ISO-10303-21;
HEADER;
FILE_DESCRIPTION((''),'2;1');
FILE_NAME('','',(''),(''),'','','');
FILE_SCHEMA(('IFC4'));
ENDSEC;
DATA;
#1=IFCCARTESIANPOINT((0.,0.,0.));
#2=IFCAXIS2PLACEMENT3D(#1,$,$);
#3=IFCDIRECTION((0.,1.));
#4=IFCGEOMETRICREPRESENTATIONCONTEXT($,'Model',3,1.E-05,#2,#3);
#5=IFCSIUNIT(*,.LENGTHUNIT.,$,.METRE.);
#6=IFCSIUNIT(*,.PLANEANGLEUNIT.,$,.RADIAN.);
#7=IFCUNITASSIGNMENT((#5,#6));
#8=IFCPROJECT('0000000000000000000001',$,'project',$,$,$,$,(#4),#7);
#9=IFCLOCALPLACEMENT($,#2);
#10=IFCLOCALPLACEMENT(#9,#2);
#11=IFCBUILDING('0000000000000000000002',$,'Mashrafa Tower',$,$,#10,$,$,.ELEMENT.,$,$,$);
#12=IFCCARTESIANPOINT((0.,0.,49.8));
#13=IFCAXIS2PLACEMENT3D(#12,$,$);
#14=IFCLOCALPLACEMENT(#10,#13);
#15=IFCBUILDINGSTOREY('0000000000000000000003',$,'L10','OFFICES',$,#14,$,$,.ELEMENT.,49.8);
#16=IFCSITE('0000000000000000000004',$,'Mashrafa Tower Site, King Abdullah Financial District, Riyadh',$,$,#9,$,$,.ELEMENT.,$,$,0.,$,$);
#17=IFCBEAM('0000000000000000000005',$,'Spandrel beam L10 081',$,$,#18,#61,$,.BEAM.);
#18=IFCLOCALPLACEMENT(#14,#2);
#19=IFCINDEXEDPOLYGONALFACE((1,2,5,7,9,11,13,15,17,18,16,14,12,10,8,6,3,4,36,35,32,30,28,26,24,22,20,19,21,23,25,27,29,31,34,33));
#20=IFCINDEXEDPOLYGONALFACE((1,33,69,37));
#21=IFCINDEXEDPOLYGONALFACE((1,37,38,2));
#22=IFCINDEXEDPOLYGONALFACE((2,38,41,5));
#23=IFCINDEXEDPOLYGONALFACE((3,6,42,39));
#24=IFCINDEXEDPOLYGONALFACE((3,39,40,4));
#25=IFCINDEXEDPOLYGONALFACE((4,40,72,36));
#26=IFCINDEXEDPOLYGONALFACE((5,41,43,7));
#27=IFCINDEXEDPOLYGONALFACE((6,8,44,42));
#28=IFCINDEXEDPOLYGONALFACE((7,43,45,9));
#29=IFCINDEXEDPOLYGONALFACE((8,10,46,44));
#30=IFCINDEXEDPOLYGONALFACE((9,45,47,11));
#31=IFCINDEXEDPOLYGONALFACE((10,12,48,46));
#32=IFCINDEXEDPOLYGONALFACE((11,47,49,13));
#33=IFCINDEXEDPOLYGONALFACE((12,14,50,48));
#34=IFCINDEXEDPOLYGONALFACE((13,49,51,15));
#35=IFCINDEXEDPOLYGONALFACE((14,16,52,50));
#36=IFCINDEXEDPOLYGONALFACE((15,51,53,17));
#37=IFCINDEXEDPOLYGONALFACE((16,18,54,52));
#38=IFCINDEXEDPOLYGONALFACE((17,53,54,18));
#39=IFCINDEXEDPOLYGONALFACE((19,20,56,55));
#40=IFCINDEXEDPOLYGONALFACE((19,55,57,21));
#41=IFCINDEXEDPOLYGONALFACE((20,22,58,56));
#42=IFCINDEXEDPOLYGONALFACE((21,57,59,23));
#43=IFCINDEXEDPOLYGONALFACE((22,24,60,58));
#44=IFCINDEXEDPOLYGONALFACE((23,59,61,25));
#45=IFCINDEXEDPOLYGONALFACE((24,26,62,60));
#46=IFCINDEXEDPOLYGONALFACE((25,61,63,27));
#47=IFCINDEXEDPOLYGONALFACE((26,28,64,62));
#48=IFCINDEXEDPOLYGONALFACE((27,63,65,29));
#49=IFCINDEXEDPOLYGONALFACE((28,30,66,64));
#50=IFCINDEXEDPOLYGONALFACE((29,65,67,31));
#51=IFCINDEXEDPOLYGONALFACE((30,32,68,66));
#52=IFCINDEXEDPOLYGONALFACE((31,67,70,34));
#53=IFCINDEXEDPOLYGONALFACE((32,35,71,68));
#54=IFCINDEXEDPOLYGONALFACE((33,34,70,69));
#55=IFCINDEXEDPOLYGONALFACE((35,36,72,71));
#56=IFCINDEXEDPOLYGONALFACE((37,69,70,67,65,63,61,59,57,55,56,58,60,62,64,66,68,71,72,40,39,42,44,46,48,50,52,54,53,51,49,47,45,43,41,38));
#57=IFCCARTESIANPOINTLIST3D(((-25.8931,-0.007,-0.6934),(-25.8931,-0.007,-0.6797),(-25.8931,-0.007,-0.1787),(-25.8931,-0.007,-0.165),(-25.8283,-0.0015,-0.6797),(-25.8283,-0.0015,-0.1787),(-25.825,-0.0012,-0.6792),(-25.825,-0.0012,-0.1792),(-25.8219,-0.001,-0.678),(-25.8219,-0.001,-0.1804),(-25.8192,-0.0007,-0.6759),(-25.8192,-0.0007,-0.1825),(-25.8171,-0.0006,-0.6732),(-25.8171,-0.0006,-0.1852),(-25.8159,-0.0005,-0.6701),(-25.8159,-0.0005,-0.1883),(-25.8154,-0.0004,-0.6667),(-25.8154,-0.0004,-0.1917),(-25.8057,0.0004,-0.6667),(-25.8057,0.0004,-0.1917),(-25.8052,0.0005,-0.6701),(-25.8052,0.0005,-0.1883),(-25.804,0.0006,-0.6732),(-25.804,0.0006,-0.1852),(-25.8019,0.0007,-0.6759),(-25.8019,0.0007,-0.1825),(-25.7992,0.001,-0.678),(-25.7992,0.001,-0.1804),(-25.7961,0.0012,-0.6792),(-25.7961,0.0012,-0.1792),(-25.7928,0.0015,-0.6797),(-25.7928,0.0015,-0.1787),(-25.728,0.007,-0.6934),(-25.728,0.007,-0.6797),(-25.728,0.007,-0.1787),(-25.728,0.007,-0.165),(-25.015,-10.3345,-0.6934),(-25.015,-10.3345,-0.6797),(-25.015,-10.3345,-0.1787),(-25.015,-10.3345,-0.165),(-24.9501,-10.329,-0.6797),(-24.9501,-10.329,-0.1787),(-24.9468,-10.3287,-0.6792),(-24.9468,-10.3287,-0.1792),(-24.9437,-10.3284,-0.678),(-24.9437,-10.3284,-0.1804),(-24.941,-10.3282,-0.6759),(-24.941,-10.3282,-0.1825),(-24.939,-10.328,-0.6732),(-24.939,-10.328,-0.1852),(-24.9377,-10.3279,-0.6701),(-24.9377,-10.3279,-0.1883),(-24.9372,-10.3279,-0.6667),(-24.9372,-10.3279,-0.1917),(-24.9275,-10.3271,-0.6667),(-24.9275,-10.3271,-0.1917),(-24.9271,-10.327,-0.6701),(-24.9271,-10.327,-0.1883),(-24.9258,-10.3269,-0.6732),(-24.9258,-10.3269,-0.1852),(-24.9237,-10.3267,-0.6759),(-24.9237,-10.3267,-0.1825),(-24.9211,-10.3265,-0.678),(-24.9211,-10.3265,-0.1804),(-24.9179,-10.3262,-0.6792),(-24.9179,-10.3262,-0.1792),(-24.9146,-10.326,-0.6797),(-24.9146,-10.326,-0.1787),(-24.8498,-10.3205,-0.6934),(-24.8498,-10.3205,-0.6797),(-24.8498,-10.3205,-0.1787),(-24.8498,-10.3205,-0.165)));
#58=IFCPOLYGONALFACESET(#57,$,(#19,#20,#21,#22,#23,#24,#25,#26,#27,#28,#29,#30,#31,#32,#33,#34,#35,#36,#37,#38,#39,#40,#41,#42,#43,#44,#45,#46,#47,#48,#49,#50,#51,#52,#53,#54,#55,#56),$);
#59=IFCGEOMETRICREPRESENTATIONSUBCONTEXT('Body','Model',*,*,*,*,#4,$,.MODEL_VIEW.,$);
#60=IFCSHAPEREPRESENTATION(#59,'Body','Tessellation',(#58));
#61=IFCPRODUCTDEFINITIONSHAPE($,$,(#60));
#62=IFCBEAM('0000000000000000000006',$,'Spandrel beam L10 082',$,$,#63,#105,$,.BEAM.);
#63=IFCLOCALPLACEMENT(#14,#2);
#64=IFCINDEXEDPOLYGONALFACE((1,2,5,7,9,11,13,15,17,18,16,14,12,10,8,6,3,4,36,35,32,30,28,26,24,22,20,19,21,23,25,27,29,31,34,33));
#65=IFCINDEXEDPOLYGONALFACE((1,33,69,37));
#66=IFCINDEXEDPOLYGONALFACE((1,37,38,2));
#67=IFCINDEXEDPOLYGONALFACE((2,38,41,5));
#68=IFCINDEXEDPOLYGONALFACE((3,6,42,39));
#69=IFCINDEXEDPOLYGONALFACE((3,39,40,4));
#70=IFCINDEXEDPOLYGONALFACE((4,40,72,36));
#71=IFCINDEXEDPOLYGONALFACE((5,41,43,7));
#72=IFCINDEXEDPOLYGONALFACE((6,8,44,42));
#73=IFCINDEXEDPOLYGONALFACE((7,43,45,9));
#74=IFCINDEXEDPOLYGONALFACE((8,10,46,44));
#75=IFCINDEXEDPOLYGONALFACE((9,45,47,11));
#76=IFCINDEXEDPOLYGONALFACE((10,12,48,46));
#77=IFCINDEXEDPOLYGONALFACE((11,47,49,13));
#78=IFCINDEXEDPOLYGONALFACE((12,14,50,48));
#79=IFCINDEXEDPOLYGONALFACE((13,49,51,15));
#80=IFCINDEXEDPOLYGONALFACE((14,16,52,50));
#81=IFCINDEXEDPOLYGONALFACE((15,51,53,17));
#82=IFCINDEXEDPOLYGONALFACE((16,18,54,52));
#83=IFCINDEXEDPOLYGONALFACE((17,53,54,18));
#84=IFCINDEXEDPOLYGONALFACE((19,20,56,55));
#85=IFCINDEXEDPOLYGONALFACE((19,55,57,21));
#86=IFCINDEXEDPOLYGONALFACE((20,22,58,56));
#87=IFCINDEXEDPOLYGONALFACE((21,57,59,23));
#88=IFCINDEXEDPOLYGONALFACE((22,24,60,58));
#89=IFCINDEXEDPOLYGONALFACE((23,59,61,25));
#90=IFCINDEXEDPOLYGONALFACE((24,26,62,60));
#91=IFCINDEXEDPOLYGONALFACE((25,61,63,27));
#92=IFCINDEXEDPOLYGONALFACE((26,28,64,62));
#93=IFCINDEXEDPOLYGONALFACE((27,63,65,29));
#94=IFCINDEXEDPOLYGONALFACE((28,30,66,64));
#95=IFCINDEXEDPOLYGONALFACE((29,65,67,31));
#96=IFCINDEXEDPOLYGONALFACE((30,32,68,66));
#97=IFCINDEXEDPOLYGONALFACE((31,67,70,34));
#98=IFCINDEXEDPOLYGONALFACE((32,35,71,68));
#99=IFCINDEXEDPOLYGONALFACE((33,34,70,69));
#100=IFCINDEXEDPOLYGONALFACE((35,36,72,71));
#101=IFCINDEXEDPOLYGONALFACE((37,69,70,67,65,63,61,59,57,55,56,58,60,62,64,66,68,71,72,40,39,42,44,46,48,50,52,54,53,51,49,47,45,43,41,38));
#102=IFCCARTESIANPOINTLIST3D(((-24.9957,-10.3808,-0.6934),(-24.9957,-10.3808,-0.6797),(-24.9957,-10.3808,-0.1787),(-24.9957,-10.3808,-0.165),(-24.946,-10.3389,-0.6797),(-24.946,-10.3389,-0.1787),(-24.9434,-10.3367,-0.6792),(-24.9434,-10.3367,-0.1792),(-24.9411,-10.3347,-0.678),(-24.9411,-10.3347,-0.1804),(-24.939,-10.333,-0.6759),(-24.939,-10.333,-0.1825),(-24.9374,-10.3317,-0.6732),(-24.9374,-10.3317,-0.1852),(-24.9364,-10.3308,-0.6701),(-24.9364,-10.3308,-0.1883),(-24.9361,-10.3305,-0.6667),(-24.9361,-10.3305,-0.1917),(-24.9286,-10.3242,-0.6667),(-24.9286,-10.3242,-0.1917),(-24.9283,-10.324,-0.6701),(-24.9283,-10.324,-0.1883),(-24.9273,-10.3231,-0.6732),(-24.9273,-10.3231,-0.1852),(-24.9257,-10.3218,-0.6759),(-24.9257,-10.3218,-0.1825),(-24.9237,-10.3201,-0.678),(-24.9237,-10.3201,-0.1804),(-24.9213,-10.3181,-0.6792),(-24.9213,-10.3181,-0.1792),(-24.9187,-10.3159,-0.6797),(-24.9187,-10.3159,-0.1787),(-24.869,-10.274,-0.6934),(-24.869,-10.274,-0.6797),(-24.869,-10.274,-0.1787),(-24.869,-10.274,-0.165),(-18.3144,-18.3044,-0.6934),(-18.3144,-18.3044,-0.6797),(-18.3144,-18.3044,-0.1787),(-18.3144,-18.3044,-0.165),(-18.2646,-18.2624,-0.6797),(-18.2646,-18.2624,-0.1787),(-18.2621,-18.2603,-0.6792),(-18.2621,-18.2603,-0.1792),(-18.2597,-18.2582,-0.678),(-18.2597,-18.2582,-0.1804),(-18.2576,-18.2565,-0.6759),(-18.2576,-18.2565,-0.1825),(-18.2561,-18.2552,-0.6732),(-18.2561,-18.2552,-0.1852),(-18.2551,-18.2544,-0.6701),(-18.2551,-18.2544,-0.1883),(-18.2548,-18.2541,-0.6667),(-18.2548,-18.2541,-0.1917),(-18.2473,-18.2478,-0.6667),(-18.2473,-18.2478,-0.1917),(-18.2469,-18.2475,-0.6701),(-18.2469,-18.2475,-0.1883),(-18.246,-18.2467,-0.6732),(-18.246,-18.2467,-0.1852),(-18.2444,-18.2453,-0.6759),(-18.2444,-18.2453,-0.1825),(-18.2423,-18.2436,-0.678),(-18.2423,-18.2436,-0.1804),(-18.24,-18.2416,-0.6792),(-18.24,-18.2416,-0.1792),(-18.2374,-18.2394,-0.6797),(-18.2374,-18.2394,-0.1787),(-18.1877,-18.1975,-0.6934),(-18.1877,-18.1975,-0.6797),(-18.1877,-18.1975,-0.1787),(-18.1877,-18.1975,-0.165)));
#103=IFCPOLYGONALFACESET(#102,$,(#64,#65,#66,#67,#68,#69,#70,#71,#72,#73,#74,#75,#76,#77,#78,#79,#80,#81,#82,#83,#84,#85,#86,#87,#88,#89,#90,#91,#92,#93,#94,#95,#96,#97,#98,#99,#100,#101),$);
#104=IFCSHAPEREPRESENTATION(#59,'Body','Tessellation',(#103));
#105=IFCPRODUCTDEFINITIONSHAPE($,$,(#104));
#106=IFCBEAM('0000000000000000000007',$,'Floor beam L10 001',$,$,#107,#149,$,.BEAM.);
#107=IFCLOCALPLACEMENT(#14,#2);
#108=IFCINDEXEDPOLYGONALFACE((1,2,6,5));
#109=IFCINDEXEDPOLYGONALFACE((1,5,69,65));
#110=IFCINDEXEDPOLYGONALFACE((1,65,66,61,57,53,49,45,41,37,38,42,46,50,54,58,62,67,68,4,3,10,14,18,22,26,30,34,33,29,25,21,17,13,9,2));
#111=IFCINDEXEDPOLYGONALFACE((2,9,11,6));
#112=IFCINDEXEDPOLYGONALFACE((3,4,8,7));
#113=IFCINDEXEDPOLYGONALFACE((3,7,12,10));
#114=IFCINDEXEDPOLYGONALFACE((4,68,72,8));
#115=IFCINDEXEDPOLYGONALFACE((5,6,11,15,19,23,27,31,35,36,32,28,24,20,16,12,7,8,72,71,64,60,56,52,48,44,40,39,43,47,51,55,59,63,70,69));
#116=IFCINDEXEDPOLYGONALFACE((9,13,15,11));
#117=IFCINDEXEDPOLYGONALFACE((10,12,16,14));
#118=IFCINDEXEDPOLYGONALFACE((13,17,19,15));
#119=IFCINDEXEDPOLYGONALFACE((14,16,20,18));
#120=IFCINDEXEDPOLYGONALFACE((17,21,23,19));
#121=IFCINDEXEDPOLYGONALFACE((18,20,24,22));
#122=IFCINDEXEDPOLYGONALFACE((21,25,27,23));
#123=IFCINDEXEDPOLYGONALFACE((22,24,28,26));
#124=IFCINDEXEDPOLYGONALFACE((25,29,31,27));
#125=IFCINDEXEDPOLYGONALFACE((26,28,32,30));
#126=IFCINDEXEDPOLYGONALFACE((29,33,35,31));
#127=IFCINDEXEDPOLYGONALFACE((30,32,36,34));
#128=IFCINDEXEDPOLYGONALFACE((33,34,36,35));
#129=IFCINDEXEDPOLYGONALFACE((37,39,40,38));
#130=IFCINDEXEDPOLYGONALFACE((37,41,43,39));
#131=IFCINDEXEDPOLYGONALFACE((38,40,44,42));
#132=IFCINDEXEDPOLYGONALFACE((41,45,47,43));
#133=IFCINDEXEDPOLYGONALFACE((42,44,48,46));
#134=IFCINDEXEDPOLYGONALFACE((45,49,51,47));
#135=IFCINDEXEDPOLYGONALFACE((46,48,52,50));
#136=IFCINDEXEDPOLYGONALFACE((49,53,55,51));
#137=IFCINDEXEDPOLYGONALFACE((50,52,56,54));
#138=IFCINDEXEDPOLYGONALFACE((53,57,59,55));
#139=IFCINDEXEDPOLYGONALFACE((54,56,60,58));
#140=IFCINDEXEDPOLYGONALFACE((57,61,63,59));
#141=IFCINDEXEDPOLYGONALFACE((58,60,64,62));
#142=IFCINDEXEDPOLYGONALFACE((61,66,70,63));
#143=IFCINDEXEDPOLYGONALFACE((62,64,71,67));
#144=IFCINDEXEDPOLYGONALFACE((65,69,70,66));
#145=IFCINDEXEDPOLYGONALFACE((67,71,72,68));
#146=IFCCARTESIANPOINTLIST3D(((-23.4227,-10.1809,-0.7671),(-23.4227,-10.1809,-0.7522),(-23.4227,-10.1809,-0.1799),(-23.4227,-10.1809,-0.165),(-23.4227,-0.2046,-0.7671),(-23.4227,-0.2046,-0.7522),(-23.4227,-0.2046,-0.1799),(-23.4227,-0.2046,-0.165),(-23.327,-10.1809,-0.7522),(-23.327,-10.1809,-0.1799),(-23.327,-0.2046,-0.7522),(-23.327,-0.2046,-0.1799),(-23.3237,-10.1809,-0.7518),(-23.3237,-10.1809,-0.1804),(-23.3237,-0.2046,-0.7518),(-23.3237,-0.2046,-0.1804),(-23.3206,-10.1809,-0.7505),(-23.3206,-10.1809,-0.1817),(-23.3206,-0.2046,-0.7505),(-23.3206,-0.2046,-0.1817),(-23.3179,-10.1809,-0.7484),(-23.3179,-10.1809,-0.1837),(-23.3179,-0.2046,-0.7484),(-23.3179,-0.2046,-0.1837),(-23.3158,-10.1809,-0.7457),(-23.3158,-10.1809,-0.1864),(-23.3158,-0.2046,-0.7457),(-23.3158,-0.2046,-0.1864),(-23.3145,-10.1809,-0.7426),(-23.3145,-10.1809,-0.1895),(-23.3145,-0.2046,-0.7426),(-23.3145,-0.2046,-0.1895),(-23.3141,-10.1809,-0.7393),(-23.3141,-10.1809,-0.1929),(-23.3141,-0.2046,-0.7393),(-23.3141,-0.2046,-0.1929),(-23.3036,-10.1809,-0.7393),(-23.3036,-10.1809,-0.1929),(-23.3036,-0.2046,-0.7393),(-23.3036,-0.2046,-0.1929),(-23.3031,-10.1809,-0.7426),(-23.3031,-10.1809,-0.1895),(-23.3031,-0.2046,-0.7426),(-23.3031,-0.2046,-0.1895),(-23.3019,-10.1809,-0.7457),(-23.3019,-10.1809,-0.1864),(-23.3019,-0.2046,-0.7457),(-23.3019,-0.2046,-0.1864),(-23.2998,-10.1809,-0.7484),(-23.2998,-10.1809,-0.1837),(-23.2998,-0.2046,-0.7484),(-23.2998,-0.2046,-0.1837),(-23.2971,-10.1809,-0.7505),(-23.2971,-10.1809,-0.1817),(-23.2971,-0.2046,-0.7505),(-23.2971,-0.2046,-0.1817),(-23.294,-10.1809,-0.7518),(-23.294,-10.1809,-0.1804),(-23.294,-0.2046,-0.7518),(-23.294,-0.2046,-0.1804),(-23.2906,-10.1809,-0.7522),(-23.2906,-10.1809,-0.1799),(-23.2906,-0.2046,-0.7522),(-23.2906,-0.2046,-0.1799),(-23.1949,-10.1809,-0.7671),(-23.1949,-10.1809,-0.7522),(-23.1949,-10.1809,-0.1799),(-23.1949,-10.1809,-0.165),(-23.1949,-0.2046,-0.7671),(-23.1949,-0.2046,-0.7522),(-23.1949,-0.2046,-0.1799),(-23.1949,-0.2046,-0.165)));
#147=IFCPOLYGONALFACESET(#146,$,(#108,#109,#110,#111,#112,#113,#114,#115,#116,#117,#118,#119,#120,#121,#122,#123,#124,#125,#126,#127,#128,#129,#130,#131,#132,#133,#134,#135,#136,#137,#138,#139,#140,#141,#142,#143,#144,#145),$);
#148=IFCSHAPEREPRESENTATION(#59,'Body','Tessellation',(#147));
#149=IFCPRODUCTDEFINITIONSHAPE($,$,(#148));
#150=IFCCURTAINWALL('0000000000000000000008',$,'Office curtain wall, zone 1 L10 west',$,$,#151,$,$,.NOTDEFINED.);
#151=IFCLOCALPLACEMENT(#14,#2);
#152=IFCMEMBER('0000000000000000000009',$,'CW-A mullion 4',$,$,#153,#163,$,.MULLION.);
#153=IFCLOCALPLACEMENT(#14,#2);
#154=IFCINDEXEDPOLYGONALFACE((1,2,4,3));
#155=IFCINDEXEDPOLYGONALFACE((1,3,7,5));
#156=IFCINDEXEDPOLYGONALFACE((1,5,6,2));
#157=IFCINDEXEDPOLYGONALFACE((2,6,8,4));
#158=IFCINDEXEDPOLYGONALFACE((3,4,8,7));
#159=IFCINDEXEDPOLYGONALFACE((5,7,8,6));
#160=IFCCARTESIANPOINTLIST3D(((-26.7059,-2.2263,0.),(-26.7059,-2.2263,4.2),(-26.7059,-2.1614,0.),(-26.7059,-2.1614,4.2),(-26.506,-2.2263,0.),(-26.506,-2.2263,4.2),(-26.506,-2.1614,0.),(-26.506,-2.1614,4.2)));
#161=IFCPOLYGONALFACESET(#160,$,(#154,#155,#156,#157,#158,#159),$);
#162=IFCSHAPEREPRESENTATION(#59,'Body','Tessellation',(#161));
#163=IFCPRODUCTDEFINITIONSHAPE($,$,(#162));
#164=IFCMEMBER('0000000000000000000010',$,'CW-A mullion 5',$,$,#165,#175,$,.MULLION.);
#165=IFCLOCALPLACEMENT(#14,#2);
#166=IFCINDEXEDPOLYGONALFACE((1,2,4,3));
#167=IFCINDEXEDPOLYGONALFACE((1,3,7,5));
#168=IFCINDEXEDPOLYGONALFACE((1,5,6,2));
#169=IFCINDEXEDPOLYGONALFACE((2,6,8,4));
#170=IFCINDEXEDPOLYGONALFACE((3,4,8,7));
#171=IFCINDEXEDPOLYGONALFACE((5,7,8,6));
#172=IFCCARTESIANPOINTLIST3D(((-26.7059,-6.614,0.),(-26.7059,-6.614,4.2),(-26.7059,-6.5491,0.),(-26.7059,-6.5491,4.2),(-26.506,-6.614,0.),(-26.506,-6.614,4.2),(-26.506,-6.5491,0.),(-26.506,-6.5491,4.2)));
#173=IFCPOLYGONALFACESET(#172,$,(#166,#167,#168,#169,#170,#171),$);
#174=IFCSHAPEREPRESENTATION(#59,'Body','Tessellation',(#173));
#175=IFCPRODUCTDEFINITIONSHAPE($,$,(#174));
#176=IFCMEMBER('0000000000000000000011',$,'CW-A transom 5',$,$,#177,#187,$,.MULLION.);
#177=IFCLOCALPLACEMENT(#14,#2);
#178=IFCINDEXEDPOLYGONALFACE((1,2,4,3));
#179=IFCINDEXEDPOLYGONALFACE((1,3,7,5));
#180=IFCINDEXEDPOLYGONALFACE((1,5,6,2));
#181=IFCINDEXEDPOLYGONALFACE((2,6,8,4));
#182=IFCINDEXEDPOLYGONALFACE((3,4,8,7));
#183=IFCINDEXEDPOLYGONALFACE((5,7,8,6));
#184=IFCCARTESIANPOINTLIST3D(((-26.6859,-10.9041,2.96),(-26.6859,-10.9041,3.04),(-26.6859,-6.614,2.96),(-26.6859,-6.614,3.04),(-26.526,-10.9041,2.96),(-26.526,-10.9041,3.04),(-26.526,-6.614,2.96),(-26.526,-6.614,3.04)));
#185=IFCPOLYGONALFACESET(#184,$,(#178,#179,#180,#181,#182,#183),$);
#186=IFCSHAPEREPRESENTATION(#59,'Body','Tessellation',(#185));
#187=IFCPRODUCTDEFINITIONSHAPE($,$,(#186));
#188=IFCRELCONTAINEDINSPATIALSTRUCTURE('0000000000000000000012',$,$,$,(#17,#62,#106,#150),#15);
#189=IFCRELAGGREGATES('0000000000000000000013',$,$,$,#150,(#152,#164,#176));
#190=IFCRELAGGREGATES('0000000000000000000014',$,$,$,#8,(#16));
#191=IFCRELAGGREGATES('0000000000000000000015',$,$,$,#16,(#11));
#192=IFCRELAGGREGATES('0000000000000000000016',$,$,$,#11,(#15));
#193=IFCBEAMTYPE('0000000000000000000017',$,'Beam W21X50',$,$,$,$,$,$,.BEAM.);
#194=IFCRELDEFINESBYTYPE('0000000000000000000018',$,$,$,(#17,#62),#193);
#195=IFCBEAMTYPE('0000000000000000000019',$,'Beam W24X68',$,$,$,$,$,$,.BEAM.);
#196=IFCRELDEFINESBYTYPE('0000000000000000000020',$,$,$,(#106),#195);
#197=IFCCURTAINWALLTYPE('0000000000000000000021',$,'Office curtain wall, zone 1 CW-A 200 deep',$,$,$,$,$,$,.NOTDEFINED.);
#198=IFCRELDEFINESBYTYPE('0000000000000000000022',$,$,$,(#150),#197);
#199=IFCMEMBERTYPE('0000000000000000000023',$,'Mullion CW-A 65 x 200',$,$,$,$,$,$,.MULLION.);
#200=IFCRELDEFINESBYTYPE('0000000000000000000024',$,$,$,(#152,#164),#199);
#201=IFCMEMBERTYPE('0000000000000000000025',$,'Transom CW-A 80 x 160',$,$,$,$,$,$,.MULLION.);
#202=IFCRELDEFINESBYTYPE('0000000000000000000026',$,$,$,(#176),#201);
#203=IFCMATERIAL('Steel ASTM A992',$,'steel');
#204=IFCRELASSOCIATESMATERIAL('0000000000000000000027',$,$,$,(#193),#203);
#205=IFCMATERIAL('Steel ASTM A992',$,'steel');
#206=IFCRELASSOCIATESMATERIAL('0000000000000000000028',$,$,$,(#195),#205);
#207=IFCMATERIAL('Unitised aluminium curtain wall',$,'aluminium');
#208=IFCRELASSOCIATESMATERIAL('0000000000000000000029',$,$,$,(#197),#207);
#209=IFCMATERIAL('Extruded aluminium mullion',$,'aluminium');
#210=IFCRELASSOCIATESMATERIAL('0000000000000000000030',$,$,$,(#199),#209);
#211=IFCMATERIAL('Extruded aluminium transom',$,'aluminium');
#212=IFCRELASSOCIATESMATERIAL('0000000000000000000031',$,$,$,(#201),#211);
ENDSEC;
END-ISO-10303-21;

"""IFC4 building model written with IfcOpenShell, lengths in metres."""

from ifc_helpers import new_model, si_unit, direction, frame, origin, origin_2d, place, context, subcontext, project, spatial, rectangle, i_section, extrude, source, transform, mapped, material, material_profile, profile_set, type_object, type_shapes, element, aggregate, save


model = new_model("IFC4")

# Units and contexts
model_context = context("Model", 3, precision=1e-05, world=origin(), true_north=direction((0.0, 1.0)))
body_context = subcontext(model_context, "Body", "Model", "MODEL_VIEW")
ifc_project = project(units=[si_unit("LENGTHUNIT", "METRE"), si_unit("PLANEANGLEUNIT", "RADIAN")], contexts=[model_context])

# Site, building, storey
site_placement = place(None, origin())
site = spatial("IfcSite", under=ifc_project, at=site_placement, Name="Mashrafa Tower Site, King Abdullah Financial District, Riyadh", CompositionType="ELEMENT", RefElevation=0.0)
building_placement = place(site_placement, origin())
building = spatial("IfcBuilding", under=site, at=building_placement, Name="Mashrafa Tower", CompositionType="ELEMENT")
storey_placement = place(building_placement, frame((0.0, 0.0, 49.8)))
storey = spatial("IfcBuildingStorey", under=building, at=storey_placement, Name="L10", Description="OFFICES", CompositionType="ELEMENT", Elevation=49.8)

# Beams
ifc_material_1 = material(Name="Steel ASTM A992", Category="steel")
ifc_material_profile_1 = material_profile(ifc_material_1, i_section(OverallWidth=0.1658, OverallDepth=0.5283, WebThickness=0.0098, FlangeThickness=0.0137, FilletRadius=0.0129, at=origin_2d()), Name="W21X50")
ifc_profile_set_1 = profile_set([ifc_material_profile_1], Name="Steel ASTM A992")
beam_type_1 = type_object("IfcBeamType", Name="Beam W21X50", PredefinedType="BEAM", material=ifc_profile_set_1)
beam_1_placement = place(storey_placement, frame((-25.8105, 0.0, -0.4292), z_axis=(0.084728, -0.996404, 0.0), x_axis=(0.996404, 0.084728, 0.0)))
element("IfcBeam", 1, at=beam_1_placement, inside=storey, type_object=beam_type_1, Name="Spandrel beam L10 081", PredefinedType="BEAM", context=body_context, shape_type="SweptSolid", body=[
    extrude(i_section(OverallWidth=0.1658, OverallDepth=0.5283, WebThickness=0.0098, FlangeThickness=0.0137, FilletRadius=0.0129, at=origin_2d()), origin(), (0.0, 0.0, 1.0), 10.3647),
])
beam_2_placement = place(storey_placement, frame((-24.9324, -10.3274, -0.4292), z_axis=(0.644638, -0.764488, 0.0), x_axis=(0.764488, 0.644638, 0.0)))
element("IfcBeam", 2, at=beam_2_placement, inside=storey, type_object=beam_type_1, Name="Spandrel beam L10 082", PredefinedType="BEAM", context=body_context, shape_type="SweptSolid", body=[
    extrude(i_section(OverallWidth=0.1658, OverallDepth=0.5283, WebThickness=0.0098, FlangeThickness=0.0137, FilletRadius=0.0129, at=origin_2d()), origin(), (0.0, 0.0, 1.0), 10.3645),
])
ifc_material_2 = material(Name="Steel ASTM A992", Category="steel")
ifc_material_profile_2 = material_profile(ifc_material_2, i_section(OverallWidth=0.2278, OverallDepth=0.6021, WebThickness=0.0105, FlangeThickness=0.0149, FilletRadius=0.0129, at=origin_2d()), Name="W24X68")
ifc_profile_set_2 = profile_set([ifc_material_profile_2], Name="Steel ASTM A992")
beam_type_2 = type_object("IfcBeamType", Name="Beam W24X68", PredefinedType="BEAM", material=ifc_profile_set_2)
beam_3_placement = place(storey_placement, frame((-23.3088, -10.1809, -0.4661), z_axis=(0.0, 1.0, 0.0), x_axis=(-1.0, 0.0, 0.0)))
element("IfcBeam", 3, at=beam_3_placement, inside=storey, type_object=beam_type_2, Name="Floor beam L10 001", PredefinedType="BEAM", context=body_context, shape_type="SweptSolid", body=[
    extrude(i_section(OverallWidth=0.2278, OverallDepth=0.6021, WebThickness=0.0105, FlangeThickness=0.0149, FilletRadius=0.0129, at=origin_2d()), origin(), (0.0, 0.0, 1.0), 9.9763),
])

# Curtain wall, members
ifc_material_3 = material(Name="Unitised aluminium curtain wall", Category="aluminium")
curtain_wall_type = type_object("IfcCurtainWallType", Name="Office curtain wall, zone 1 CW-A 200 deep", PredefinedType="NOTDEFINED", material=ifc_material_3)
curtain_wall_placement = place(storey_placement, origin())
curtain_wall = element("IfcCurtainWall", 4, at=curtain_wall_placement, inside=storey, type_object=curtain_wall_type, Name="Office curtain wall, zone 1 L10 west", PredefinedType="NOTDEFINED")
ifc_material_4 = material(Name="Extruded aluminium mullion", Category="aluminium")
ifc_material_profile_3 = material_profile(ifc_material_4, rectangle(XDim=0.2, YDim=0.0649, at=origin_2d()), Name="Mullion 65x200")
ifc_profile_set_3 = profile_set([ifc_material_profile_3], Name="Extruded aluminium mullion")
member_type_1 = type_object("IfcMemberType", Name="Mullion CW-A 65 x 200", PredefinedType="MULLION", material=ifc_profile_set_3)
shared_shape_1 = source(origin(), body_context, "Body", "SweptSolid", [
    extrude(rectangle(XDim=0.2, YDim=0.0649, at=origin_2d()), origin(), (0.0, 0.0, 1.0), 4.2),
])
type_shapes(member_type_1, [shared_shape_1])
member_1_placement = place(storey_placement, frame((-26.606, -2.1938, 0.0), z_axis=(0.0, 0.0, 1.0), x_axis=(1.0, 0.0, 0.0)))
member_1 = element("IfcMember", 5, at=member_1_placement, type_object=member_type_1, Name="CW-A mullion 4", PredefinedType="MULLION", context=body_context, shape_type="MappedRepresentation", body=[
    mapped(shared_shape_1, transform((0.0, 0.0, 0.0))),
])
member_2_placement = place(storey_placement, frame((-26.606, -6.5815, 0.0), z_axis=(0.0, 0.0, 1.0), x_axis=(1.0, 0.0, 0.0)))
member_2 = element("IfcMember", 6, at=member_2_placement, type_object=member_type_1, Name="CW-A mullion 5", PredefinedType="MULLION", context=body_context, shape_type="MappedRepresentation", body=[
    mapped(shared_shape_1, transform((0.0, 0.0, 0.0))),
])
ifc_material_5 = material(Name="Extruded aluminium transom", Category="aluminium")
ifc_material_profile_4 = material_profile(ifc_material_5, rectangle(XDim=0.1599, YDim=0.0801, at=origin_2d()), Name="Transom 80x160")
ifc_profile_set_4 = profile_set([ifc_material_profile_4], Name="Extruded aluminium transom")
member_type_2 = type_object("IfcMemberType", Name="Transom CW-A 80 x 160", PredefinedType="MULLION", material=ifc_profile_set_4)
shared_shape_2 = source(origin(), body_context, "Body", "SweptSolid", [
    extrude(rectangle(XDim=0.1599, YDim=0.0801, at=origin_2d()), origin(), (0.0, 0.0, 1.0), 4.29),
])
member_3_placement = place(storey_placement, frame((-26.606, -6.614, 3.0), z_axis=(0.0, -1.0, 0.0), x_axis=(1.0, 0.0, 0.0)))
member_3 = element("IfcMember", 7, at=member_3_placement, type_object=member_type_2, Name="CW-A transom 5", PredefinedType="MULLION", context=body_context, shape_type="MappedRepresentation", body=[
    mapped(shared_shape_2, transform((0.0, 0.0, 0.0))),
])
aggregate(curtain_wall, [member_1, member_2, member_3])

save(model, "model.ifc")
